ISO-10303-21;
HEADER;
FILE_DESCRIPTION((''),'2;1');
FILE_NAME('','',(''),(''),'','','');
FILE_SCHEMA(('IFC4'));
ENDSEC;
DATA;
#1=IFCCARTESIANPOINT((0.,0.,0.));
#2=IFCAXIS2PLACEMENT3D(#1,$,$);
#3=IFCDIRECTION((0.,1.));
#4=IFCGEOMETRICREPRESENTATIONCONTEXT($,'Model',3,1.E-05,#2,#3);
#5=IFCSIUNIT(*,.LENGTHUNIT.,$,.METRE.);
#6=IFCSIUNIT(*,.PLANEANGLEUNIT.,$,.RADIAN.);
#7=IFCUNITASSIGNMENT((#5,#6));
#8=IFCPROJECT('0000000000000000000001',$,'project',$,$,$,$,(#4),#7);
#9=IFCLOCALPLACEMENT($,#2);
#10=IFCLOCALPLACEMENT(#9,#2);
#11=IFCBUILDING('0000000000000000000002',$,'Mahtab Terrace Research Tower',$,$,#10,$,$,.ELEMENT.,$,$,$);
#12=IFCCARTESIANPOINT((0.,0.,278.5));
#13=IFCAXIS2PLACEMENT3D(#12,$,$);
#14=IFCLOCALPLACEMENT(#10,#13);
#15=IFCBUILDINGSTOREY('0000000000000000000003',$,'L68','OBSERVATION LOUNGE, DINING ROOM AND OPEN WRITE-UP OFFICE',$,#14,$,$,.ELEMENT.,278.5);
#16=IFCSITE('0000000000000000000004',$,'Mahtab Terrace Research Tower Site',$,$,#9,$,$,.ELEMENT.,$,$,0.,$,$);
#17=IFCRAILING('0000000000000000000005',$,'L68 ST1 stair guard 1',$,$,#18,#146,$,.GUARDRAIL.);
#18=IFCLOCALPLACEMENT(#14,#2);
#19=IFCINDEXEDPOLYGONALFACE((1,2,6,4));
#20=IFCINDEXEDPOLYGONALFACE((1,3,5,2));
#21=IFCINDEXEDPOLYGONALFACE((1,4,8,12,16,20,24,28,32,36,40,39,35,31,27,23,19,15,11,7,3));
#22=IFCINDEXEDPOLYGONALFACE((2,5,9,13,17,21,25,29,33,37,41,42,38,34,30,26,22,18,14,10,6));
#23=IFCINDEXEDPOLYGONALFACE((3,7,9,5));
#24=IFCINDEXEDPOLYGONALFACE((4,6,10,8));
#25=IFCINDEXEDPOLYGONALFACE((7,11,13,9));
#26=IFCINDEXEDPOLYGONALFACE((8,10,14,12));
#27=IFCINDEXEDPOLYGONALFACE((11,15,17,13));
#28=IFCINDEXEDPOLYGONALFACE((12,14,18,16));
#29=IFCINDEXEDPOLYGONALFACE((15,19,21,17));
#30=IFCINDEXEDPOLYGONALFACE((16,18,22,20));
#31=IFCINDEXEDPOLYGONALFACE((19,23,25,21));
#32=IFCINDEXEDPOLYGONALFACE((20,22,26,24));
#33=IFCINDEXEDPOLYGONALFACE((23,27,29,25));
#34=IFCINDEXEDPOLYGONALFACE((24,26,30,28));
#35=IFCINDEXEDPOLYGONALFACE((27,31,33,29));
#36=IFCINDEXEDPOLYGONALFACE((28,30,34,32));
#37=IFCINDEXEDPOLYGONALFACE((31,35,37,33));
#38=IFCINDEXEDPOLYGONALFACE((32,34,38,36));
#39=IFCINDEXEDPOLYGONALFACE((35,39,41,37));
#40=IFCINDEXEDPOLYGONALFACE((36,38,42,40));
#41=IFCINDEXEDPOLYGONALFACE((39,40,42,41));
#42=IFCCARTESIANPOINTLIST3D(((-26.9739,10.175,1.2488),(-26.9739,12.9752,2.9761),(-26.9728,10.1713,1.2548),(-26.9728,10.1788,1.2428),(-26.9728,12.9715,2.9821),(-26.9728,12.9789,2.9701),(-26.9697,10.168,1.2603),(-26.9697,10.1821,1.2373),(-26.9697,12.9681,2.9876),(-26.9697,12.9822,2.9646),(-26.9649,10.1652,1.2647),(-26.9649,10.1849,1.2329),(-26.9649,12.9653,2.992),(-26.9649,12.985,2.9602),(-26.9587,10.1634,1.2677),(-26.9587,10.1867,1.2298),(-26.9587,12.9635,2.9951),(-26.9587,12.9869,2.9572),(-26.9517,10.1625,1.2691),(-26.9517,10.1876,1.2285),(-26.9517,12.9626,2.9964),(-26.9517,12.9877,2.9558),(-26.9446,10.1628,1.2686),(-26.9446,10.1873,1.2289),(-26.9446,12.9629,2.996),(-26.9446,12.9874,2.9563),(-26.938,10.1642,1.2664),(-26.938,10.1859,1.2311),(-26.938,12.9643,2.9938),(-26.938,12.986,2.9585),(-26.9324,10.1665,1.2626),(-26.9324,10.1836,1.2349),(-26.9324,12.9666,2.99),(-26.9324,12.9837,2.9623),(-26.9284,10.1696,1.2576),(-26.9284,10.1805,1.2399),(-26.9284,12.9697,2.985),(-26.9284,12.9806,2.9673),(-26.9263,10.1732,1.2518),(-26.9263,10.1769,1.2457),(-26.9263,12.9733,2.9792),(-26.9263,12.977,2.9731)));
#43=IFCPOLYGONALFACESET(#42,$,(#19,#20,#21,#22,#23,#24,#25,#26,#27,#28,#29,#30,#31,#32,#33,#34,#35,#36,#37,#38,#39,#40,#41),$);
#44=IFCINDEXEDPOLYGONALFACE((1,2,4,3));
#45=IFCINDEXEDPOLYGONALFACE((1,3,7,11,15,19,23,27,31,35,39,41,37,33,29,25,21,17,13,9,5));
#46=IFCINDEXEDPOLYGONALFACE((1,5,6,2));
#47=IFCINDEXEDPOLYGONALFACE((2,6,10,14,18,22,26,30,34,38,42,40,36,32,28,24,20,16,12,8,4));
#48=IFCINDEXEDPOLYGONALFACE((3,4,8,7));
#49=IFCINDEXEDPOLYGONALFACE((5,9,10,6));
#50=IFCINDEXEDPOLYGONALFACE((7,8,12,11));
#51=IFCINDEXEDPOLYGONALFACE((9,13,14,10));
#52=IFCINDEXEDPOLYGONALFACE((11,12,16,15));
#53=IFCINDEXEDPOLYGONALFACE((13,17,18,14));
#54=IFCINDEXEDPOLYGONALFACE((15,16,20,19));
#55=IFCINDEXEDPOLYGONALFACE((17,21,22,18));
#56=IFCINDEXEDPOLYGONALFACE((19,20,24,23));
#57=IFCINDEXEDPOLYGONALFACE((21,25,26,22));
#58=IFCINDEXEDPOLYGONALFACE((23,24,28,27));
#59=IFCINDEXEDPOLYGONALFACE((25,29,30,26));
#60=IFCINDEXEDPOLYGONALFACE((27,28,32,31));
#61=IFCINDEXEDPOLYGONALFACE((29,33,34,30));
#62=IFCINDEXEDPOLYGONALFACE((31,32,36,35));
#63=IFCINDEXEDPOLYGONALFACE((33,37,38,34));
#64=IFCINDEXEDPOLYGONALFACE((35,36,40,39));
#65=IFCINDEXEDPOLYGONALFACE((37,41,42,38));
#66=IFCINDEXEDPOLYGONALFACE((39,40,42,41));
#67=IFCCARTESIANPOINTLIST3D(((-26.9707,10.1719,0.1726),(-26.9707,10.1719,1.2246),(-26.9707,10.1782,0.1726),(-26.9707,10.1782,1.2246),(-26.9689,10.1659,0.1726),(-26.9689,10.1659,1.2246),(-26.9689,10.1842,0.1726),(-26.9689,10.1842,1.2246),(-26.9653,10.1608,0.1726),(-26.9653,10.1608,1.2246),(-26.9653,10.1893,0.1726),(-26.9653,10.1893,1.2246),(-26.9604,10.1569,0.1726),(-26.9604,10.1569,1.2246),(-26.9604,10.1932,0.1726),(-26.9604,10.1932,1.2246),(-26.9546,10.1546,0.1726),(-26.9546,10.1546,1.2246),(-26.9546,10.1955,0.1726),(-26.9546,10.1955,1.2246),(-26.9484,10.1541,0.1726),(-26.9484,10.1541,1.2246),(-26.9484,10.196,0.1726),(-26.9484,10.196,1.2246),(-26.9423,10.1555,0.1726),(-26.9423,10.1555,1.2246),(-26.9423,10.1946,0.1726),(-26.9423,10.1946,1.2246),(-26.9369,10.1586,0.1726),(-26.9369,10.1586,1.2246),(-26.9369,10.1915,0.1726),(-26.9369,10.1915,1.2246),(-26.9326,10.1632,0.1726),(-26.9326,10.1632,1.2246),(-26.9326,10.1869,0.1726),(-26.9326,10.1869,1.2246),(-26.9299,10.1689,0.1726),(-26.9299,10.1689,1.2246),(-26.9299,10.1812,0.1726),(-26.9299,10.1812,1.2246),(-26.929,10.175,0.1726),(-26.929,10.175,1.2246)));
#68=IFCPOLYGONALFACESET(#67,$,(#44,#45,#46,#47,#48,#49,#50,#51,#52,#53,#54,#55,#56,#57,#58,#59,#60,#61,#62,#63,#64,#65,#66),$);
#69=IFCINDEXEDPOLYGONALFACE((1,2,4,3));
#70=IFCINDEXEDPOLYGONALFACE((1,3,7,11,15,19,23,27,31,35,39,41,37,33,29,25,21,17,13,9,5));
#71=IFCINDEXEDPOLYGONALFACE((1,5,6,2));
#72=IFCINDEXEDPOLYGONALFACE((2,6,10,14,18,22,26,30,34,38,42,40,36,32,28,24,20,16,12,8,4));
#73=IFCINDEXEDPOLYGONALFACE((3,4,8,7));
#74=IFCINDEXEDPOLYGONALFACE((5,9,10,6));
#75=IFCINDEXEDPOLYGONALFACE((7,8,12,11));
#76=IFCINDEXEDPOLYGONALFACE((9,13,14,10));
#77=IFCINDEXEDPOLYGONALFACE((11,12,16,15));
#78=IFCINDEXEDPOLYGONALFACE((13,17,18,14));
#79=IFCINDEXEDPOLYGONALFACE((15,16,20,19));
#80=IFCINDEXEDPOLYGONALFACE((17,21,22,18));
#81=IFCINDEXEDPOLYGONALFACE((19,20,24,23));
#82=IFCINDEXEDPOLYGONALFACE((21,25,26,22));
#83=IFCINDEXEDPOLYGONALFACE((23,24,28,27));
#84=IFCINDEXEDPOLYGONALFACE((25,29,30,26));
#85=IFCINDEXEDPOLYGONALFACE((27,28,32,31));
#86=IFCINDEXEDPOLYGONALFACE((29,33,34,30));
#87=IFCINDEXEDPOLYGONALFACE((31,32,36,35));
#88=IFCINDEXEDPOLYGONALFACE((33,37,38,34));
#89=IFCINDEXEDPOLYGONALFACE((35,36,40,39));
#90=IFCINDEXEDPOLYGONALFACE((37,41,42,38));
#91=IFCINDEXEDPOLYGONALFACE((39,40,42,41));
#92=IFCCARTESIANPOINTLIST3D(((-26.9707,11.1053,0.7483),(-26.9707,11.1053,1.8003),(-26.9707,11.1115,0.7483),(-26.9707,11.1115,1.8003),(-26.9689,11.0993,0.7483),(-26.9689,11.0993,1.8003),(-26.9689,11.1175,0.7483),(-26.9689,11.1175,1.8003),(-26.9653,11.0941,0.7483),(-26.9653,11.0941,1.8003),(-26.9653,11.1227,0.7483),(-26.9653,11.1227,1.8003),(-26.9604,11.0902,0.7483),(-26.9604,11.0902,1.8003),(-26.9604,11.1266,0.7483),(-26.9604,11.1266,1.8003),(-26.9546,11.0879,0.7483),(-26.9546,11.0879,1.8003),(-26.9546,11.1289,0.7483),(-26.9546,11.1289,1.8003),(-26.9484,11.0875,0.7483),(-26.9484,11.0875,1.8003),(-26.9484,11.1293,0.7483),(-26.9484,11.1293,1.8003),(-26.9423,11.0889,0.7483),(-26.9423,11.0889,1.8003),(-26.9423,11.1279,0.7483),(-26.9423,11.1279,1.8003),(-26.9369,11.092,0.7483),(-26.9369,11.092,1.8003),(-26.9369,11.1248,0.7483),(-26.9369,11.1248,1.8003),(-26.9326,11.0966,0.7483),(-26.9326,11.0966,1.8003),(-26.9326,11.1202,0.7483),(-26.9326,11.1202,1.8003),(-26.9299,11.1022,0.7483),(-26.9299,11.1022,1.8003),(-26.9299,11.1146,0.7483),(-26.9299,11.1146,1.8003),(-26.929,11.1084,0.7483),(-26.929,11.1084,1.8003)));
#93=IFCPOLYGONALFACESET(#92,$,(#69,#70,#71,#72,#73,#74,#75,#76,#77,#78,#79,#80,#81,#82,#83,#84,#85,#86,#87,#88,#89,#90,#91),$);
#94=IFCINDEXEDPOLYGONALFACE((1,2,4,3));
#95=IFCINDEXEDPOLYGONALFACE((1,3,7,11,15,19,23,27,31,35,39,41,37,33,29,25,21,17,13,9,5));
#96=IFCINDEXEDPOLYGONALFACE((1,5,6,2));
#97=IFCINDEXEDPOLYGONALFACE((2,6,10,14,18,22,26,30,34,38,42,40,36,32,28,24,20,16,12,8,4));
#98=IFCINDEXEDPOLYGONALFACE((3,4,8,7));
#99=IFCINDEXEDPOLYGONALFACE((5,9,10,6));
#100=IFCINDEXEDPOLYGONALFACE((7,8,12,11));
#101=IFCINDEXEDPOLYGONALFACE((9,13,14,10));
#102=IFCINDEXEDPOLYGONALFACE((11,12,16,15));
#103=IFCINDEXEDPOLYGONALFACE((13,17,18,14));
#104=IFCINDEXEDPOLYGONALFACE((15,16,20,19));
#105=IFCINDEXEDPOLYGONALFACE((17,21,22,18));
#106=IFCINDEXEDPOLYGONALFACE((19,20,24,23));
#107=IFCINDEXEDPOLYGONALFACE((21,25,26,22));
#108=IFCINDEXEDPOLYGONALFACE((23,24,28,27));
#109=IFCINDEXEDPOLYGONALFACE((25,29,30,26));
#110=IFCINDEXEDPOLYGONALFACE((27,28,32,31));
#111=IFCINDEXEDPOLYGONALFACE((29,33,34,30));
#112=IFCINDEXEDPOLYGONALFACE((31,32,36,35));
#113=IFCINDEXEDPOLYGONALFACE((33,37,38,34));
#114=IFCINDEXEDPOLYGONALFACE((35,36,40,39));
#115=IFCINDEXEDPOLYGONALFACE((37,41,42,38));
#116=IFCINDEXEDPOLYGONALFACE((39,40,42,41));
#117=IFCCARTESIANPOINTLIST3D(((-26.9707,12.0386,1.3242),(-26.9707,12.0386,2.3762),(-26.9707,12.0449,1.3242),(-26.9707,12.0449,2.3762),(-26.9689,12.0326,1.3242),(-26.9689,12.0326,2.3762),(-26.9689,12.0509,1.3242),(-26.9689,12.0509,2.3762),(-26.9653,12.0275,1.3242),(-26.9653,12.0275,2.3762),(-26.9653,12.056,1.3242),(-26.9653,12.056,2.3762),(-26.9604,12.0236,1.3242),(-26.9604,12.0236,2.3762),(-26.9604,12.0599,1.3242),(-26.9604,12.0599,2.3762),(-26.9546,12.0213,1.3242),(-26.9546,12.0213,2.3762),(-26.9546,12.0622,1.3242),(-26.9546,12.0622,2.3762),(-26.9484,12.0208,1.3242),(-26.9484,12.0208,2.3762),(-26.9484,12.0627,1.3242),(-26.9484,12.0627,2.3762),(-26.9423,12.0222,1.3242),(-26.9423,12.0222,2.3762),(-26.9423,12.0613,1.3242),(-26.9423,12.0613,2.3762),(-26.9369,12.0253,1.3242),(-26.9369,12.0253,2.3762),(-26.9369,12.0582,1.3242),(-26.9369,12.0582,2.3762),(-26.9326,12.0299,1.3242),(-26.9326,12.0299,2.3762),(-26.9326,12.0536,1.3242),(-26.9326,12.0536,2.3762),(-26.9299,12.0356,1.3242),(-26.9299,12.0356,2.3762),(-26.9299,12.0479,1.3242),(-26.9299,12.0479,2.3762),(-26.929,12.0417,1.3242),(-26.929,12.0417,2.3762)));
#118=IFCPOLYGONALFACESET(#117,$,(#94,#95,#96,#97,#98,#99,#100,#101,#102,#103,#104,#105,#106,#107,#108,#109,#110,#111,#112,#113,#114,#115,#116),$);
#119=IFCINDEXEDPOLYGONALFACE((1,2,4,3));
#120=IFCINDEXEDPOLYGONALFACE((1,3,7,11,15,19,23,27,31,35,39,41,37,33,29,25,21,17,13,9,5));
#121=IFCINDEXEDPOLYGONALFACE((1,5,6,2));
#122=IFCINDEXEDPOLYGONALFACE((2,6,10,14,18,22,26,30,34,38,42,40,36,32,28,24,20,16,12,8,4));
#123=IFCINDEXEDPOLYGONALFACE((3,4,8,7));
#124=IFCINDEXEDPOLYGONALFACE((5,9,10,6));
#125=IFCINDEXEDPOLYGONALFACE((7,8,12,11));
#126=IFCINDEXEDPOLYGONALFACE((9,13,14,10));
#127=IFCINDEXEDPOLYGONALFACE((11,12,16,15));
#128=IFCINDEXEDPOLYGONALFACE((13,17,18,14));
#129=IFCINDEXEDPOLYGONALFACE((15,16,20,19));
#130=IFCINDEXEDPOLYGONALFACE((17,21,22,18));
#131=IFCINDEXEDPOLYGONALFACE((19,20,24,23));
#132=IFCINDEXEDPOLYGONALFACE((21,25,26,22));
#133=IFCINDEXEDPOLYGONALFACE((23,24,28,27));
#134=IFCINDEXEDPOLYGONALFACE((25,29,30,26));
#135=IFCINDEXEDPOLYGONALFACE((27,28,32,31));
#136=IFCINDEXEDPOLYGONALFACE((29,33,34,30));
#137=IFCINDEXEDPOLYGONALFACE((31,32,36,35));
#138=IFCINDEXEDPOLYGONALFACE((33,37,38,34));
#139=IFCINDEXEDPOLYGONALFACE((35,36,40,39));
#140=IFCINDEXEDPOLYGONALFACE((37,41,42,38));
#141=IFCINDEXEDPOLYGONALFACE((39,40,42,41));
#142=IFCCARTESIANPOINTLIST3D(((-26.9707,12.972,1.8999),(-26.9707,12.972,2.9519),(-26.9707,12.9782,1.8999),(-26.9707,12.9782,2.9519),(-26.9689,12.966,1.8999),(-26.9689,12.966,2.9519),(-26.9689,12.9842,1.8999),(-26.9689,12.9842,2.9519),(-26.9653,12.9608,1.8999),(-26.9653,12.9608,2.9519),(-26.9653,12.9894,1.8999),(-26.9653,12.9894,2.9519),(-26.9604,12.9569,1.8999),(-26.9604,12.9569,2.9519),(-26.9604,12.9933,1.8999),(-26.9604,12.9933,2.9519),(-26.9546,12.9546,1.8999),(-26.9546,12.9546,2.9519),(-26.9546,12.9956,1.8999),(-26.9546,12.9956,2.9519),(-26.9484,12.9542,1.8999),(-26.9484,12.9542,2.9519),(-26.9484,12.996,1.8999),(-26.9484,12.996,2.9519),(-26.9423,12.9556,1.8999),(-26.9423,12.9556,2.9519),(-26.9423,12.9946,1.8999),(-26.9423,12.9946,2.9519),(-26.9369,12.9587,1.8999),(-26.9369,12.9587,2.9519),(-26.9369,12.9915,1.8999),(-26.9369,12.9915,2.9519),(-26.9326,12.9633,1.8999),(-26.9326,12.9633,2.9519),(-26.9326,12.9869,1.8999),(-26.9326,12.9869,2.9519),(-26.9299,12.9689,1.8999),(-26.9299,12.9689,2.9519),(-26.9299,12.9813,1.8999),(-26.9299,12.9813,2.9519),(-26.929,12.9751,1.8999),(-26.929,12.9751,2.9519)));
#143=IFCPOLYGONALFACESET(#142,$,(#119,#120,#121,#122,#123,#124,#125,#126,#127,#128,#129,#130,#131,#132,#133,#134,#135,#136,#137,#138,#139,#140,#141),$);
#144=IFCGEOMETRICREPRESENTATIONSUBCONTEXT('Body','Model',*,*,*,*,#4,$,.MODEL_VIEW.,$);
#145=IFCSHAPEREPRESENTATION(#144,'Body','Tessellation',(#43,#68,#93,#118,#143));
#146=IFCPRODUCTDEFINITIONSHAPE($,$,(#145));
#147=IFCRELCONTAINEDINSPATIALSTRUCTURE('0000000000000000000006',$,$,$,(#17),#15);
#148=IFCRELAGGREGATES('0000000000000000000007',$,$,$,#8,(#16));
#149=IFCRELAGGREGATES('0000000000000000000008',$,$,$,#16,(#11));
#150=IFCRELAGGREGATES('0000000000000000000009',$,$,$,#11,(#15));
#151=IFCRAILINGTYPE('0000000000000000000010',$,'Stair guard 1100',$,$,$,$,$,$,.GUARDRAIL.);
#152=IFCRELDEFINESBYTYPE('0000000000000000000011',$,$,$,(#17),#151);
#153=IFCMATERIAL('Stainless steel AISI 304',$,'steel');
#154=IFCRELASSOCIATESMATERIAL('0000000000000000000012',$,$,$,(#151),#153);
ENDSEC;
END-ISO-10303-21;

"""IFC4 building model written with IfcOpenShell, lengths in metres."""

from ifc_helpers import new_model, si_unit, direction, frame, origin, origin_2d, place, context, subcontext, project, spatial, circle, extrude, material, type_object, element, save


model = new_model("IFC4")

# Units and contexts
model_context = context("Model", 3, precision=1e-05, world=origin(), true_north=direction((0.0, 1.0)))
body_context = subcontext(model_context, "Body", "Model", "MODEL_VIEW")
ifc_project = project(units=[si_unit("LENGTHUNIT", "METRE"), si_unit("PLANEANGLEUNIT", "RADIAN")], contexts=[model_context])

# Site, building, storey
site_placement = place(None, origin())
site = spatial("IfcSite", under=ifc_project, at=site_placement, Name="Mahtab Terrace Research Tower Site", CompositionType="ELEMENT", RefElevation=0.0)
building_placement = place(site_placement, origin())
building = spatial("IfcBuilding", under=site, at=building_placement, Name="Mahtab Terrace Research Tower", CompositionType="ELEMENT")
storey_placement = place(building_placement, frame((0.0, 0.0, 278.5)))
storey = spatial("IfcBuildingStorey", under=building, at=storey_placement, Name="L68", Description="OBSERVATION LOUNGE, DINING ROOM AND OPEN WRITE-UP OFFICE", CompositionType="ELEMENT", Elevation=278.5)

# Railing
ifc_material_1 = material(Name="Stainless steel AISI 304", Category="steel")
railing_type_1 = type_object("IfcRailingType", Name="Stair guard 1100", PredefinedType="GUARDRAIL", material=ifc_material_1)
railing_1_placement = place(storey_placement, frame((-26.95, 10.175, 0.1726)))
element("IfcRailing", 1, at=railing_1_placement, inside=storey, type_object=railing_type_1, Name="L68 ST1 stair guard 1", PredefinedType="GUARDRAIL", context=body_context, shape_type="SweptSolid", body=[
    extrude(circle(Radius=0.0239, at=origin_2d()), frame((0.0, 0.0, 1.0762), z_axis=(0.0, 0.85109, 0.52502), x_axis=(-1.0, 0.0, 0.0)), (0.0, 0.0, 1.0), 3.29),
    extrude(circle(Radius=0.021, at=origin_2d()), origin(), (0.0, 0.0, 1.0), 1.052),
    extrude(circle(Radius=0.021, at=origin_2d()), frame((0.0, 0.9333, 0.5757)), (0.0, 0.0, 1.0), 1.052),
    extrude(circle(Radius=0.021, at=origin_2d()), frame((0.0, 1.8667, 1.1516)), (0.0, 0.0, 1.0), 1.052),
    extrude(circle(Radius=0.021, at=origin_2d()), frame((0.0, 2.8, 1.7273)), (0.0, 0.0, 1.0), 1.052),
])

save(model, "model.ifc")
